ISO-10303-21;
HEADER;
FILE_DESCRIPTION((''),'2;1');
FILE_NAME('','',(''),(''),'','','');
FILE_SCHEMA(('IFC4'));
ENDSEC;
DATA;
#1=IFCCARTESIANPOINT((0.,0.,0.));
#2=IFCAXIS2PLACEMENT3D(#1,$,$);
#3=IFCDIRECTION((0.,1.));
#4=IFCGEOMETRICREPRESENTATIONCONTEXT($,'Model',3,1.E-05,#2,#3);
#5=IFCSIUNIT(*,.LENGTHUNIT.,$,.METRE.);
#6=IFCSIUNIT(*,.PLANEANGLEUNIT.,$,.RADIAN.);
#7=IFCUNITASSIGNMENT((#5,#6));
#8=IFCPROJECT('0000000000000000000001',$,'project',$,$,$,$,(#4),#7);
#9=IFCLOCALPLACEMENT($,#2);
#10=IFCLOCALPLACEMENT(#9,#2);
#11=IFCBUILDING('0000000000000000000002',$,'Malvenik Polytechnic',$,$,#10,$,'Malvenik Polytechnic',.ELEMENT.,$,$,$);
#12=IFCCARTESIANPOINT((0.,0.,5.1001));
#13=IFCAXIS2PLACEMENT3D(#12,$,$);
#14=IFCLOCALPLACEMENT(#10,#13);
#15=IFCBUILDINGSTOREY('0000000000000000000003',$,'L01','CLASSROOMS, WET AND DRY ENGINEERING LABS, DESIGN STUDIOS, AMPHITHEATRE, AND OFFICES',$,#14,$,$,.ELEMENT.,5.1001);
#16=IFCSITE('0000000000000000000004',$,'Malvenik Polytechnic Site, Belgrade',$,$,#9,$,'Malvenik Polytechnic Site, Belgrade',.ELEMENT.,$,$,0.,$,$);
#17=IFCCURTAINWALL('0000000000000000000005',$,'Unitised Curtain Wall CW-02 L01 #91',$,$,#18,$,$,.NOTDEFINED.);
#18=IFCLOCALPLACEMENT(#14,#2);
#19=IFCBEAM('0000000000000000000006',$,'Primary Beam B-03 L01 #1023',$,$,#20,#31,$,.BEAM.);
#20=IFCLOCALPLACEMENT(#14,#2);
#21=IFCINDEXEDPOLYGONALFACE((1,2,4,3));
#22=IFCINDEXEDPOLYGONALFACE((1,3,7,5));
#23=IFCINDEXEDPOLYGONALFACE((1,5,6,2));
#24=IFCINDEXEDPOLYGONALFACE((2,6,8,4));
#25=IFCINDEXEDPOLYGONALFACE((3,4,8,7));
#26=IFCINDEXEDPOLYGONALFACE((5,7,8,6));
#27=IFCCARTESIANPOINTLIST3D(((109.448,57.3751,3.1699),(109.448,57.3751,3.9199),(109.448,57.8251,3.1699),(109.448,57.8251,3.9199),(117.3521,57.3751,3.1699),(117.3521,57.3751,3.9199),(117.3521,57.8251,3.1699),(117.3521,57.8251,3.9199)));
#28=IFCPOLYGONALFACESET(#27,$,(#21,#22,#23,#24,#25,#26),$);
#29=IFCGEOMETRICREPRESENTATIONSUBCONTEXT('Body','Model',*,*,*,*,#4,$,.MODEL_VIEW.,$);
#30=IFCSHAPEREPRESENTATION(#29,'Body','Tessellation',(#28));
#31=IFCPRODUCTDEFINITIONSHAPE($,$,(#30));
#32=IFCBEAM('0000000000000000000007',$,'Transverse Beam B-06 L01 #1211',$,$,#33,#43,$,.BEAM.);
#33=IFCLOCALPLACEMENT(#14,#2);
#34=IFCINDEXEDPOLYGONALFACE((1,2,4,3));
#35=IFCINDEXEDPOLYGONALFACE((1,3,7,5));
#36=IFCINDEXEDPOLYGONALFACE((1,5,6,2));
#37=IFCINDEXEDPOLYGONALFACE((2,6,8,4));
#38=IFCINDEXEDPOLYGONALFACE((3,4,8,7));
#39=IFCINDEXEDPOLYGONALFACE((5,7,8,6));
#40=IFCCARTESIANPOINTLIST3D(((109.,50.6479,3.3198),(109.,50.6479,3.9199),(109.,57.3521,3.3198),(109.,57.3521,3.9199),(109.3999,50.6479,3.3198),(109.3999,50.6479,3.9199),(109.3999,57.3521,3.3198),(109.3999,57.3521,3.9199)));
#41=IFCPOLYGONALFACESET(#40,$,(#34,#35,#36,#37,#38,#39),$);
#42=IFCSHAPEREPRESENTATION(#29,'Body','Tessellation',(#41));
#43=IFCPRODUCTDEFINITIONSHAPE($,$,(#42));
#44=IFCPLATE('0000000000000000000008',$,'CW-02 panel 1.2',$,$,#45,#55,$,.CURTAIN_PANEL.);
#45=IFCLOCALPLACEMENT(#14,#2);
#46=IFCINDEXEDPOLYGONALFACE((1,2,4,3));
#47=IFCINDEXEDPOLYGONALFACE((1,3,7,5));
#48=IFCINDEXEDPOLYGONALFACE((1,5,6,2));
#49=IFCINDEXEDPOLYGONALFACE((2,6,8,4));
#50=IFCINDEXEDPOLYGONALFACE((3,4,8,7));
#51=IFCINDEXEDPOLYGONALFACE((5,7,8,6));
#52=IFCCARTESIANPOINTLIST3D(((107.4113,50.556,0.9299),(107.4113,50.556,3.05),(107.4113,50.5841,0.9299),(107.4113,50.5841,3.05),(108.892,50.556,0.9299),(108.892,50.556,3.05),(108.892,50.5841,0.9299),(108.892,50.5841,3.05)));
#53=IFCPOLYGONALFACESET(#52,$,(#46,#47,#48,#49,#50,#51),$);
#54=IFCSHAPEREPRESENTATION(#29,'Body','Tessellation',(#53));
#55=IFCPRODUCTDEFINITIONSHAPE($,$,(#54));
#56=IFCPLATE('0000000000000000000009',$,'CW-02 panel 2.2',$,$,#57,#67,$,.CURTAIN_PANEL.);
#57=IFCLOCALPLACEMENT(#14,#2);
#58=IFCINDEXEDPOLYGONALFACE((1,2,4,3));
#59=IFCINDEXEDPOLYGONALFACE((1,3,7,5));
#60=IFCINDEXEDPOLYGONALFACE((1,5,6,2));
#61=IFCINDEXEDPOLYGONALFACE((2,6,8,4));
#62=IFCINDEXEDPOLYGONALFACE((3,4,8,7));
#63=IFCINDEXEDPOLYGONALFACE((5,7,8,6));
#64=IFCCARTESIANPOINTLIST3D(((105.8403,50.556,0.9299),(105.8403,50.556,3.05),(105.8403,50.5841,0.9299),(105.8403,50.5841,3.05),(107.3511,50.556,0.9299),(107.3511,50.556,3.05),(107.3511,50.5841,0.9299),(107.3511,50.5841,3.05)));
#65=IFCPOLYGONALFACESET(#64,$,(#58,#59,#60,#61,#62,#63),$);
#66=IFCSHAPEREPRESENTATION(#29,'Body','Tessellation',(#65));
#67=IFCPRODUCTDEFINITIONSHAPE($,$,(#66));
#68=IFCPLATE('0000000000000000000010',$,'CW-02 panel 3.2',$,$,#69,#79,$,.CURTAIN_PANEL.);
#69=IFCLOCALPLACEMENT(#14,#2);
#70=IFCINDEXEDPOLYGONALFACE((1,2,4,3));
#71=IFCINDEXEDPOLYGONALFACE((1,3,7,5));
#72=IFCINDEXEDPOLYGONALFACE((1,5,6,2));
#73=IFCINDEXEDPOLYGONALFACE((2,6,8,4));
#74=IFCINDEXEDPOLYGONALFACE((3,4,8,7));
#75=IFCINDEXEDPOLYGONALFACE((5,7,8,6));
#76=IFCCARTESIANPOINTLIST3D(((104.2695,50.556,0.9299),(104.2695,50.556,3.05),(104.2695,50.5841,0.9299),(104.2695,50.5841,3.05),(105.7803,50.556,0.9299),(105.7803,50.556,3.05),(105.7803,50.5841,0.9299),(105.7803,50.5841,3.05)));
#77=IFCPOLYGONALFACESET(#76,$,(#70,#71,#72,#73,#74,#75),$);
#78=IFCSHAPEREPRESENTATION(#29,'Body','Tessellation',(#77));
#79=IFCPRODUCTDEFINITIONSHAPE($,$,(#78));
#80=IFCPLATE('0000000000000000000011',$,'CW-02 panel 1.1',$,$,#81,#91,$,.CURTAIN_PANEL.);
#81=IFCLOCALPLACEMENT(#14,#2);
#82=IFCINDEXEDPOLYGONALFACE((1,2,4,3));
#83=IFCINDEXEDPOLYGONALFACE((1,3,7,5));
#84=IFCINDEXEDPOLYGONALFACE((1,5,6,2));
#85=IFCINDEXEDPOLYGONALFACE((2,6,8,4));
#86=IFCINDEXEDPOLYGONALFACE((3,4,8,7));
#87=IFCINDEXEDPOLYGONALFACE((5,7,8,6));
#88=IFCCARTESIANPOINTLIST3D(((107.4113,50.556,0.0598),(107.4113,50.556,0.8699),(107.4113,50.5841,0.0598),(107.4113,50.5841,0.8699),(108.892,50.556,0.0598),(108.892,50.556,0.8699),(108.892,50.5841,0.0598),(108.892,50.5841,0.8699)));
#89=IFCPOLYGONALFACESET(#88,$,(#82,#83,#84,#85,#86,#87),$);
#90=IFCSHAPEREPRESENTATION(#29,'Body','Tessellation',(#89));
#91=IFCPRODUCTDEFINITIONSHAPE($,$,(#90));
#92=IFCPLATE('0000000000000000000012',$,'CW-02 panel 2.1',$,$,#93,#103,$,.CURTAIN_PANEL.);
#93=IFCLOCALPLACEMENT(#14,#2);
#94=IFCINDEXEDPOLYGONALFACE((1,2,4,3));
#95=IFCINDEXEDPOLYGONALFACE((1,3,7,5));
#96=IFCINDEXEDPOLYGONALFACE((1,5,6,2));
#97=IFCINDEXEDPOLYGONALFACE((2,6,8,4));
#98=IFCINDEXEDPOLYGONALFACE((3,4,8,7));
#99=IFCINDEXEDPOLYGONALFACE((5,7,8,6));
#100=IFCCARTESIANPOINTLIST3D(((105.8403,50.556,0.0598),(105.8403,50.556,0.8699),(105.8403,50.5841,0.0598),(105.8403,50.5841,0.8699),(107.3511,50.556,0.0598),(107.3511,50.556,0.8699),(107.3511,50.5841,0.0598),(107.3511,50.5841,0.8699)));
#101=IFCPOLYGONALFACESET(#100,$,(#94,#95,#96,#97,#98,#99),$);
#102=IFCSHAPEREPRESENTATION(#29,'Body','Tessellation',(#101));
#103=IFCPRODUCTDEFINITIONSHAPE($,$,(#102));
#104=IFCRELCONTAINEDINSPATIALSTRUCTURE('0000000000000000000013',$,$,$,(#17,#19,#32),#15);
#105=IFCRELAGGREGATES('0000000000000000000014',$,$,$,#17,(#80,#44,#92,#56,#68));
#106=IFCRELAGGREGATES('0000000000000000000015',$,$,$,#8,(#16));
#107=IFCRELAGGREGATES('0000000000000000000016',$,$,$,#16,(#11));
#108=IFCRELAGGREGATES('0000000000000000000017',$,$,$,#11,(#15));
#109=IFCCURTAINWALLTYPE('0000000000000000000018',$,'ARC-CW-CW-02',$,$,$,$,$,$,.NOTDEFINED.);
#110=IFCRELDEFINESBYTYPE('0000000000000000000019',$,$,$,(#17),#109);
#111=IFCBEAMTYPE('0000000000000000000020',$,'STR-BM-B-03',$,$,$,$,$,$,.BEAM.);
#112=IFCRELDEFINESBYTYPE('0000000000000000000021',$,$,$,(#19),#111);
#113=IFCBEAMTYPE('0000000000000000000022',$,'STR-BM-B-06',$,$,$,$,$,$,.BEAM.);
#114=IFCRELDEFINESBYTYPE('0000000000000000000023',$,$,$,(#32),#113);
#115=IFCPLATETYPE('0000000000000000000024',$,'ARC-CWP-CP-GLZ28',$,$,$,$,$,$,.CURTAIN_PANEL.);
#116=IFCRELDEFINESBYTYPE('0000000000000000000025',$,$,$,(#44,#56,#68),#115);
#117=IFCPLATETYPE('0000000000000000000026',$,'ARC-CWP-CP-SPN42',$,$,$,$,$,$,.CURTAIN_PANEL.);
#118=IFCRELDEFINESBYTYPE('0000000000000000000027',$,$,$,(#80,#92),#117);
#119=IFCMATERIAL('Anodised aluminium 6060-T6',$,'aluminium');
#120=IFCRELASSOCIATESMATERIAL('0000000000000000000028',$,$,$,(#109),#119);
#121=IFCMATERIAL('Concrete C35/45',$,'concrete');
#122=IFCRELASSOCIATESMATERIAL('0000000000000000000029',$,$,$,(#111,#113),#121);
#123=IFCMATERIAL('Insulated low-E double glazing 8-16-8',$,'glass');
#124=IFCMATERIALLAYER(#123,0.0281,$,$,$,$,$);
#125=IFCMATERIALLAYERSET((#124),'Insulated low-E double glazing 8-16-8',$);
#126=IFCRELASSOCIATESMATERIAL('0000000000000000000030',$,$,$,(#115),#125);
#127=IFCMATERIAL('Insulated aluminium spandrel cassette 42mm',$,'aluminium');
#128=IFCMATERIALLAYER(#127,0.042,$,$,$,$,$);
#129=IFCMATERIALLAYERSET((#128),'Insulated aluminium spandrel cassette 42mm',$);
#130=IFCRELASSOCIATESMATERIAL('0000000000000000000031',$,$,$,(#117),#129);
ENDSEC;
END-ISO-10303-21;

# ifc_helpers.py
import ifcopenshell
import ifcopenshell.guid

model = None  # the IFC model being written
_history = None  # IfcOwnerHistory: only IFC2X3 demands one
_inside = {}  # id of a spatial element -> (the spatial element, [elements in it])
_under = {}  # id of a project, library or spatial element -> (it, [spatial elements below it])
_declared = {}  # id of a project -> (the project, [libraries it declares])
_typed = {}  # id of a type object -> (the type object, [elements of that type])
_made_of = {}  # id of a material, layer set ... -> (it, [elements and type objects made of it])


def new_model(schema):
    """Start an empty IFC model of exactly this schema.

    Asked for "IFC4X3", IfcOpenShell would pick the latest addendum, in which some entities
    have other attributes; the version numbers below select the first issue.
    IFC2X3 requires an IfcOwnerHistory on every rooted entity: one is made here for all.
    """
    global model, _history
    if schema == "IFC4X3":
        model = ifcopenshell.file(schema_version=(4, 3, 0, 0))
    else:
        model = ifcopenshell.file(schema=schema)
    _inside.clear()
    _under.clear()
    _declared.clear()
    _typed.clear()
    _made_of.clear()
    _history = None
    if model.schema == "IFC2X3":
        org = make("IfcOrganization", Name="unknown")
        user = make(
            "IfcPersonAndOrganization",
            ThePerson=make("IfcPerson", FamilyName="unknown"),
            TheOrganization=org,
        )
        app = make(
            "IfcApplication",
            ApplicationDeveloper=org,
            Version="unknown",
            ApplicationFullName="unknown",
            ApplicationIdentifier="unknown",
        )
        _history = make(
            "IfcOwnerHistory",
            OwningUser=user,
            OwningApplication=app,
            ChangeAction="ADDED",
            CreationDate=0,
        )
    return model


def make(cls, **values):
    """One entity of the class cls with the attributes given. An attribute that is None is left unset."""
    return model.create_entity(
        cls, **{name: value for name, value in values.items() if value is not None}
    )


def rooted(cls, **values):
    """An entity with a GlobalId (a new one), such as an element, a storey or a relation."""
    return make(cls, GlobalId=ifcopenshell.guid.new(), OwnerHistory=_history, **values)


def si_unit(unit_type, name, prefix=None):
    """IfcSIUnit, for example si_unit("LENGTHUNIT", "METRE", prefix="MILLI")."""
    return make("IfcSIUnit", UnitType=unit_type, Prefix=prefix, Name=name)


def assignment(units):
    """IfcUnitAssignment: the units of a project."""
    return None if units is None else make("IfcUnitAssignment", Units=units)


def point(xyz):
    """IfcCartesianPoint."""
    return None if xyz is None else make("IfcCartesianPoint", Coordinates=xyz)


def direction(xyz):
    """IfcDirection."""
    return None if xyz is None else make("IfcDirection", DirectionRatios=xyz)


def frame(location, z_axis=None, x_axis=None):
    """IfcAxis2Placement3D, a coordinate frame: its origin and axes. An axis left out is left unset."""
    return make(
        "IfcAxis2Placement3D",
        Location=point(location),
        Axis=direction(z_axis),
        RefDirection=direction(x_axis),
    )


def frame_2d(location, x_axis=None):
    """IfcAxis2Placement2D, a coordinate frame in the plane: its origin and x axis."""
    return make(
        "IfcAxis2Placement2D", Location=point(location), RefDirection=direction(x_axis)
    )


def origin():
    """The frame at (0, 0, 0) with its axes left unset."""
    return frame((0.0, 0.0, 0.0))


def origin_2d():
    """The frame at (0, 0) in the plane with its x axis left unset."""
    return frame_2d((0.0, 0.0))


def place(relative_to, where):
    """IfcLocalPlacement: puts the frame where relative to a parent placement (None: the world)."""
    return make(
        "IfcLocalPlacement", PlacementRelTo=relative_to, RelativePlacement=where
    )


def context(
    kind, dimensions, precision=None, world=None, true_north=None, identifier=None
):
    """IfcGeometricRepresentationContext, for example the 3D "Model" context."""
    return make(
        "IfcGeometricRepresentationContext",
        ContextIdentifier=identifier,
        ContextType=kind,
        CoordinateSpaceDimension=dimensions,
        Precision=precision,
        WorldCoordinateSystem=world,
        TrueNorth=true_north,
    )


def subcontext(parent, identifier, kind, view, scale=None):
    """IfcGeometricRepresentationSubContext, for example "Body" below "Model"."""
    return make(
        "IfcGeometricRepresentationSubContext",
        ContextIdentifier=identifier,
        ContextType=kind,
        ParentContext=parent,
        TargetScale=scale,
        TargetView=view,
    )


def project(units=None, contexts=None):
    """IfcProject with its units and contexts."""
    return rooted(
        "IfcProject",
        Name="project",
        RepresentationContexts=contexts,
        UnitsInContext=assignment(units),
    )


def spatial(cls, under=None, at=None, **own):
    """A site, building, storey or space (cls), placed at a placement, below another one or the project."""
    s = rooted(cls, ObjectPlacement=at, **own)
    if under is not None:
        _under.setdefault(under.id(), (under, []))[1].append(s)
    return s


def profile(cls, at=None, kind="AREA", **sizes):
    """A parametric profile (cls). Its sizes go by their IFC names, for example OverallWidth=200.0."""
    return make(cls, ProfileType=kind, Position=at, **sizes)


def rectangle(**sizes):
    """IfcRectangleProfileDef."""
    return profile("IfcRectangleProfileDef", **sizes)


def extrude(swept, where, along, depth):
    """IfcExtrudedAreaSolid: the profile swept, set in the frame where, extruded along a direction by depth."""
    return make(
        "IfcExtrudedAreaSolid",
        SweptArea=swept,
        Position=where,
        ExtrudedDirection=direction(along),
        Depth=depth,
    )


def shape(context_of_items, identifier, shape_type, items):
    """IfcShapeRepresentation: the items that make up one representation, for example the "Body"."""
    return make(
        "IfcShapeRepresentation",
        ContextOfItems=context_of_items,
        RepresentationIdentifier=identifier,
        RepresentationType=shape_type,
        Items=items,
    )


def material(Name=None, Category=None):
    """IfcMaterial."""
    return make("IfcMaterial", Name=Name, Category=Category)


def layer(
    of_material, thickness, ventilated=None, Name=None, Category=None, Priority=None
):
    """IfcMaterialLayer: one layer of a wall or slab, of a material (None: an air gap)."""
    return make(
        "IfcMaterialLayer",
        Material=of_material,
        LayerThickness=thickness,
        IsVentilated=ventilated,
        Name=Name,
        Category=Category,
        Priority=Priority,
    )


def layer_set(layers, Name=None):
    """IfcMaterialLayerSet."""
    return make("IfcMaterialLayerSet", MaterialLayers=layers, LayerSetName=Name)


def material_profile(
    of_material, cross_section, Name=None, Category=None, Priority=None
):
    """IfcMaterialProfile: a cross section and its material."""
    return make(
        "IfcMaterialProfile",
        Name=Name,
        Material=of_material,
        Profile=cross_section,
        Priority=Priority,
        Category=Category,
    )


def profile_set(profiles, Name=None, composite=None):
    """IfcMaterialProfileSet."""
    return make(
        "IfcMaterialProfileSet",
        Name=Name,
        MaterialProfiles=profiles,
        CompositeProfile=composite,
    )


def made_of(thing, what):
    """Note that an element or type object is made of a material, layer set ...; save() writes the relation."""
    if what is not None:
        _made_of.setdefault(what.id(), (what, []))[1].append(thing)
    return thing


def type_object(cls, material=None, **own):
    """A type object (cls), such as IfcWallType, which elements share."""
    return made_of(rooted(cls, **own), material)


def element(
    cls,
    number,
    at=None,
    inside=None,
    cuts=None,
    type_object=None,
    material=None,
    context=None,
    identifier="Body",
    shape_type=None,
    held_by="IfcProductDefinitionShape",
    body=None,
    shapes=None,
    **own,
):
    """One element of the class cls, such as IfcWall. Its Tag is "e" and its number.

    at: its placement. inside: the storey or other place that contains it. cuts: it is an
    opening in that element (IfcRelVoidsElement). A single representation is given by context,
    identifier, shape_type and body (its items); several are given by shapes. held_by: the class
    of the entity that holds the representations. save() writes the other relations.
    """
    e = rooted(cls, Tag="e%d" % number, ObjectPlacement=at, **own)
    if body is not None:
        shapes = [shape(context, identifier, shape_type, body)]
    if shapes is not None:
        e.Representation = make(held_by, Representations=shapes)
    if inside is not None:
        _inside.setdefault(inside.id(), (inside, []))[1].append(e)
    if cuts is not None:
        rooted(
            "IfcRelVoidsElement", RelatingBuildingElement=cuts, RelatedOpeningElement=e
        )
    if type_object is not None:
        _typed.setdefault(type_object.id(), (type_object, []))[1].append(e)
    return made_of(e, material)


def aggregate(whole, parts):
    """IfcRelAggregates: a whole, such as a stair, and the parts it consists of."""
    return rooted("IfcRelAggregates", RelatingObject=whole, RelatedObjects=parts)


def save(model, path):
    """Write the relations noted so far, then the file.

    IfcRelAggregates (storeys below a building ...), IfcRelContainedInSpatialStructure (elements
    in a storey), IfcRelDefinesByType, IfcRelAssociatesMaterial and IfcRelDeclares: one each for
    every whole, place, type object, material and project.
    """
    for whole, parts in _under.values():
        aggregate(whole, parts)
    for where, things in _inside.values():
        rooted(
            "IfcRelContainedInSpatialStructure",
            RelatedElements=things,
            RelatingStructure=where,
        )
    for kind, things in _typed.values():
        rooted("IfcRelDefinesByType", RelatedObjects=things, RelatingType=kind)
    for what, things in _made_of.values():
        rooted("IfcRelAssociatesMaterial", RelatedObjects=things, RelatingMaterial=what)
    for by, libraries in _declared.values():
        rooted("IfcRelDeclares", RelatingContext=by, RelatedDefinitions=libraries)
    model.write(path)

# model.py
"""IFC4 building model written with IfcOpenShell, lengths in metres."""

from ifc_helpers import new_model, si_unit, direction, frame, origin, origin_2d, place, context, subcontext, project, spatial, rectangle, extrude, material, layer, layer_set, material_profile, profile_set, type_object, element, aggregate, save


model = new_model("IFC4")

# Units and contexts
model_context = context("Model", 3, precision=1e-05, world=origin(), true_north=direction((0.0, 1.0)))
body_context = subcontext(model_context, "Body", "Model", "MODEL_VIEW")
ifc_project = project(units=[si_unit("LENGTHUNIT", "METRE"), si_unit("PLANEANGLEUNIT", "RADIAN")], contexts=[model_context])

# Site, building, storey
site_placement = place(None, origin())
site = spatial("IfcSite", under=ifc_project, at=site_placement, Name="Malvenik Polytechnic Site, Belgrade", LongName="Malvenik Polytechnic Site, Belgrade", CompositionType="ELEMENT", RefElevation=0.0)
building_placement = place(site_placement, origin())
building = spatial("IfcBuilding", under=site, at=building_placement, Name="Malvenik Polytechnic", LongName="Malvenik Polytechnic", CompositionType="ELEMENT")
storey_placement = place(building_placement, frame((0.0, 0.0, 5.1001)))
storey = spatial("IfcBuildingStorey", under=building, at=storey_placement, Name="L01", Description="CLASSROOMS, WET AND DRY ENGINEERING LABS, DESIGN STUDIOS, AMPHITHEATRE, AND OFFICES", CompositionType="ELEMENT", Elevation=5.1001)

# Shared definitions
ifc_material_1 = material(Name="Concrete C35/45", Category="concrete")

# Curtain wall
ifc_material_2 = material(Name="Anodised aluminium 6060-T6", Category="aluminium")
curtain_wall_type = type_object("IfcCurtainWallType", Name="ARC-CW-CW-02", PredefinedType="NOTDEFINED", material=ifc_material_2)
curtain_wall_1_placement = place(storey_placement, origin())
curtain_wall_1 = element("IfcCurtainWall", 1, at=curtain_wall_1_placement, inside=storey, type_object=curtain_wall_type, Name="Unitised Curtain Wall CW-02 L01 #91", PredefinedType="NOTDEFINED")

# Beams
ifc_material_profile_1 = material_profile(ifc_material_1, rectangle(XDim=0.45, YDim=0.75, at=origin_2d()), Name="RC BM 450x750")
ifc_profile_set_1 = profile_set([ifc_material_profile_1], Name="Concrete C35/45")
beam_type_1 = type_object("IfcBeamType", Name="STR-BM-B-03", PredefinedType="BEAM", material=ifc_profile_set_1)
beam_1_placement = place(storey_placement, frame((109.448, 57.6001, 3.5449), z_axis=(1.0, 0.0, 0.0), x_axis=(0.0, 1.0, 0.0)))
element("IfcBeam", 2, at=beam_1_placement, inside=storey, type_object=beam_type_1, Name="Primary Beam B-03 L01 #1023", PredefinedType="BEAM", context=body_context, shape_type="SweptSolid", body=[
    extrude(rectangle(XDim=0.45, YDim=0.75, at=origin_2d()), origin(), (0.0, 0.0, 1.0), 7.9041),
])
ifc_material_profile_2 = material_profile(ifc_material_1, rectangle(XDim=0.3999, YDim=0.6001, at=origin_2d()), Name="RC BM 400x600")
ifc_profile_set_2 = profile_set([ifc_material_profile_2], Name="Concrete C35/45")
beam_type_2 = type_object("IfcBeamType", Name="STR-BM-B-06", PredefinedType="BEAM", material=ifc_profile_set_2)
beam_2_placement = place(storey_placement, frame((109.2, 50.6479, 3.6199), z_axis=(0.0, 1.0, 0.0), x_axis=(-1.0, 0.0, 0.0)))
element("IfcBeam", 3, at=beam_2_placement, inside=storey, type_object=beam_type_2, Name="Transverse Beam B-06 L01 #1211", PredefinedType="BEAM", context=body_context, shape_type="SweptSolid", body=[
    extrude(rectangle(XDim=0.3999, YDim=0.6001, at=origin_2d()), origin(), (0.0, 0.0, 1.0), 6.7041),
])

# Plates
ifc_material_3 = material(Name="Insulated low-E double glazing 8-16-8", Category="glass")
ifc_layer_1 = layer(ifc_material_3, 0.0281)
ifc_layer_set_1 = layer_set([ifc_layer_1], Name="Insulated low-E double glazing 8-16-8")
plate_type_1 = type_object("IfcPlateType", Name="ARC-CWP-CP-GLZ28", PredefinedType="CURTAIN_PANEL", material=ifc_layer_set_1)
plate_1_placement = place(storey_placement, frame((108.1516, 50.5701, 0.9299), z_axis=(0.0, 0.0, 1.0), x_axis=(-1.0, 0.0, 0.0)))
plate_1 = element("IfcPlate", 4, at=plate_1_placement, type_object=plate_type_1, Name="CW-02 panel 1.2", PredefinedType="CURTAIN_PANEL", context=body_context, shape_type="SweptSolid", body=[
    extrude(rectangle(XDim=1.4807, YDim=0.0281, at=origin_2d()), origin(), (0.0, 0.0, 1.0), 2.1201),
])
plate_2_placement = place(storey_placement, frame((106.5957, 50.5701, 0.9299), z_axis=(0.0, 0.0, 1.0), x_axis=(-1.0, 0.0, 0.0)))
plate_2 = element("IfcPlate", 5, at=plate_2_placement, type_object=plate_type_1, Name="CW-02 panel 2.2", PredefinedType="CURTAIN_PANEL", context=body_context, shape_type="SweptSolid", body=[
    extrude(rectangle(XDim=1.5107, YDim=0.0281, at=origin_2d()), origin(), (0.0, 0.0, 1.0), 2.1201),
])
plate_3_placement = place(storey_placement, frame((105.0249, 50.5701, 0.9299), z_axis=(0.0, 0.0, 1.0), x_axis=(-1.0, 0.0, 0.0)))
plate_3 = element("IfcPlate", 6, at=plate_3_placement, type_object=plate_type_1, Name="CW-02 panel 3.2", PredefinedType="CURTAIN_PANEL", context=body_context, shape_type="SweptSolid", body=[
    extrude(rectangle(XDim=1.5107, YDim=0.0281, at=origin_2d()), origin(), (0.0, 0.0, 1.0), 2.1201),
])
ifc_material_4 = material(Name="Insulated aluminium spandrel cassette 42mm", Category="aluminium")
ifc_layer_2 = layer(ifc_material_4, 0.042)
ifc_layer_set_2 = layer_set([ifc_layer_2], Name="Insulated aluminium spandrel cassette 42mm")
plate_type_2 = type_object("IfcPlateType", Name="ARC-CWP-CP-SPN42", PredefinedType="CURTAIN_PANEL", material=ifc_layer_set_2)
plate_4_placement = place(storey_placement, frame((108.1516, 50.5701, 0.0598), z_axis=(0.0, 0.0, 1.0), x_axis=(-1.0, 0.0, 0.0)))
plate_4 = element("IfcPlate", 7, at=plate_4_placement, type_object=plate_type_2, Name="CW-02 panel 1.1", PredefinedType="CURTAIN_PANEL", context=body_context, shape_type="SweptSolid", body=[
    extrude(rectangle(XDim=1.4807, YDim=0.0281, at=origin_2d()), origin(), (0.0, 0.0, 1.0), 0.8101),
])
plate_5_placement = place(storey_placement, frame((106.5957, 50.5701, 0.0598), z_axis=(0.0, 0.0, 1.0), x_axis=(-1.0, 0.0, 0.0)))
plate_5 = element("IfcPlate", 8, at=plate_5_placement, type_object=plate_type_2, Name="CW-02 panel 2.1", PredefinedType="CURTAIN_PANEL", context=body_context, shape_type="SweptSolid", body=[
    extrude(rectangle(XDim=1.5107, YDim=0.0281, at=origin_2d()), origin(), (0.0, 0.0, 1.0), 0.8101),
])
aggregate(curtain_wall_1, [plate_4, plate_1, plate_5, plate_2, plate_3])

save(model, "model.ifc")
